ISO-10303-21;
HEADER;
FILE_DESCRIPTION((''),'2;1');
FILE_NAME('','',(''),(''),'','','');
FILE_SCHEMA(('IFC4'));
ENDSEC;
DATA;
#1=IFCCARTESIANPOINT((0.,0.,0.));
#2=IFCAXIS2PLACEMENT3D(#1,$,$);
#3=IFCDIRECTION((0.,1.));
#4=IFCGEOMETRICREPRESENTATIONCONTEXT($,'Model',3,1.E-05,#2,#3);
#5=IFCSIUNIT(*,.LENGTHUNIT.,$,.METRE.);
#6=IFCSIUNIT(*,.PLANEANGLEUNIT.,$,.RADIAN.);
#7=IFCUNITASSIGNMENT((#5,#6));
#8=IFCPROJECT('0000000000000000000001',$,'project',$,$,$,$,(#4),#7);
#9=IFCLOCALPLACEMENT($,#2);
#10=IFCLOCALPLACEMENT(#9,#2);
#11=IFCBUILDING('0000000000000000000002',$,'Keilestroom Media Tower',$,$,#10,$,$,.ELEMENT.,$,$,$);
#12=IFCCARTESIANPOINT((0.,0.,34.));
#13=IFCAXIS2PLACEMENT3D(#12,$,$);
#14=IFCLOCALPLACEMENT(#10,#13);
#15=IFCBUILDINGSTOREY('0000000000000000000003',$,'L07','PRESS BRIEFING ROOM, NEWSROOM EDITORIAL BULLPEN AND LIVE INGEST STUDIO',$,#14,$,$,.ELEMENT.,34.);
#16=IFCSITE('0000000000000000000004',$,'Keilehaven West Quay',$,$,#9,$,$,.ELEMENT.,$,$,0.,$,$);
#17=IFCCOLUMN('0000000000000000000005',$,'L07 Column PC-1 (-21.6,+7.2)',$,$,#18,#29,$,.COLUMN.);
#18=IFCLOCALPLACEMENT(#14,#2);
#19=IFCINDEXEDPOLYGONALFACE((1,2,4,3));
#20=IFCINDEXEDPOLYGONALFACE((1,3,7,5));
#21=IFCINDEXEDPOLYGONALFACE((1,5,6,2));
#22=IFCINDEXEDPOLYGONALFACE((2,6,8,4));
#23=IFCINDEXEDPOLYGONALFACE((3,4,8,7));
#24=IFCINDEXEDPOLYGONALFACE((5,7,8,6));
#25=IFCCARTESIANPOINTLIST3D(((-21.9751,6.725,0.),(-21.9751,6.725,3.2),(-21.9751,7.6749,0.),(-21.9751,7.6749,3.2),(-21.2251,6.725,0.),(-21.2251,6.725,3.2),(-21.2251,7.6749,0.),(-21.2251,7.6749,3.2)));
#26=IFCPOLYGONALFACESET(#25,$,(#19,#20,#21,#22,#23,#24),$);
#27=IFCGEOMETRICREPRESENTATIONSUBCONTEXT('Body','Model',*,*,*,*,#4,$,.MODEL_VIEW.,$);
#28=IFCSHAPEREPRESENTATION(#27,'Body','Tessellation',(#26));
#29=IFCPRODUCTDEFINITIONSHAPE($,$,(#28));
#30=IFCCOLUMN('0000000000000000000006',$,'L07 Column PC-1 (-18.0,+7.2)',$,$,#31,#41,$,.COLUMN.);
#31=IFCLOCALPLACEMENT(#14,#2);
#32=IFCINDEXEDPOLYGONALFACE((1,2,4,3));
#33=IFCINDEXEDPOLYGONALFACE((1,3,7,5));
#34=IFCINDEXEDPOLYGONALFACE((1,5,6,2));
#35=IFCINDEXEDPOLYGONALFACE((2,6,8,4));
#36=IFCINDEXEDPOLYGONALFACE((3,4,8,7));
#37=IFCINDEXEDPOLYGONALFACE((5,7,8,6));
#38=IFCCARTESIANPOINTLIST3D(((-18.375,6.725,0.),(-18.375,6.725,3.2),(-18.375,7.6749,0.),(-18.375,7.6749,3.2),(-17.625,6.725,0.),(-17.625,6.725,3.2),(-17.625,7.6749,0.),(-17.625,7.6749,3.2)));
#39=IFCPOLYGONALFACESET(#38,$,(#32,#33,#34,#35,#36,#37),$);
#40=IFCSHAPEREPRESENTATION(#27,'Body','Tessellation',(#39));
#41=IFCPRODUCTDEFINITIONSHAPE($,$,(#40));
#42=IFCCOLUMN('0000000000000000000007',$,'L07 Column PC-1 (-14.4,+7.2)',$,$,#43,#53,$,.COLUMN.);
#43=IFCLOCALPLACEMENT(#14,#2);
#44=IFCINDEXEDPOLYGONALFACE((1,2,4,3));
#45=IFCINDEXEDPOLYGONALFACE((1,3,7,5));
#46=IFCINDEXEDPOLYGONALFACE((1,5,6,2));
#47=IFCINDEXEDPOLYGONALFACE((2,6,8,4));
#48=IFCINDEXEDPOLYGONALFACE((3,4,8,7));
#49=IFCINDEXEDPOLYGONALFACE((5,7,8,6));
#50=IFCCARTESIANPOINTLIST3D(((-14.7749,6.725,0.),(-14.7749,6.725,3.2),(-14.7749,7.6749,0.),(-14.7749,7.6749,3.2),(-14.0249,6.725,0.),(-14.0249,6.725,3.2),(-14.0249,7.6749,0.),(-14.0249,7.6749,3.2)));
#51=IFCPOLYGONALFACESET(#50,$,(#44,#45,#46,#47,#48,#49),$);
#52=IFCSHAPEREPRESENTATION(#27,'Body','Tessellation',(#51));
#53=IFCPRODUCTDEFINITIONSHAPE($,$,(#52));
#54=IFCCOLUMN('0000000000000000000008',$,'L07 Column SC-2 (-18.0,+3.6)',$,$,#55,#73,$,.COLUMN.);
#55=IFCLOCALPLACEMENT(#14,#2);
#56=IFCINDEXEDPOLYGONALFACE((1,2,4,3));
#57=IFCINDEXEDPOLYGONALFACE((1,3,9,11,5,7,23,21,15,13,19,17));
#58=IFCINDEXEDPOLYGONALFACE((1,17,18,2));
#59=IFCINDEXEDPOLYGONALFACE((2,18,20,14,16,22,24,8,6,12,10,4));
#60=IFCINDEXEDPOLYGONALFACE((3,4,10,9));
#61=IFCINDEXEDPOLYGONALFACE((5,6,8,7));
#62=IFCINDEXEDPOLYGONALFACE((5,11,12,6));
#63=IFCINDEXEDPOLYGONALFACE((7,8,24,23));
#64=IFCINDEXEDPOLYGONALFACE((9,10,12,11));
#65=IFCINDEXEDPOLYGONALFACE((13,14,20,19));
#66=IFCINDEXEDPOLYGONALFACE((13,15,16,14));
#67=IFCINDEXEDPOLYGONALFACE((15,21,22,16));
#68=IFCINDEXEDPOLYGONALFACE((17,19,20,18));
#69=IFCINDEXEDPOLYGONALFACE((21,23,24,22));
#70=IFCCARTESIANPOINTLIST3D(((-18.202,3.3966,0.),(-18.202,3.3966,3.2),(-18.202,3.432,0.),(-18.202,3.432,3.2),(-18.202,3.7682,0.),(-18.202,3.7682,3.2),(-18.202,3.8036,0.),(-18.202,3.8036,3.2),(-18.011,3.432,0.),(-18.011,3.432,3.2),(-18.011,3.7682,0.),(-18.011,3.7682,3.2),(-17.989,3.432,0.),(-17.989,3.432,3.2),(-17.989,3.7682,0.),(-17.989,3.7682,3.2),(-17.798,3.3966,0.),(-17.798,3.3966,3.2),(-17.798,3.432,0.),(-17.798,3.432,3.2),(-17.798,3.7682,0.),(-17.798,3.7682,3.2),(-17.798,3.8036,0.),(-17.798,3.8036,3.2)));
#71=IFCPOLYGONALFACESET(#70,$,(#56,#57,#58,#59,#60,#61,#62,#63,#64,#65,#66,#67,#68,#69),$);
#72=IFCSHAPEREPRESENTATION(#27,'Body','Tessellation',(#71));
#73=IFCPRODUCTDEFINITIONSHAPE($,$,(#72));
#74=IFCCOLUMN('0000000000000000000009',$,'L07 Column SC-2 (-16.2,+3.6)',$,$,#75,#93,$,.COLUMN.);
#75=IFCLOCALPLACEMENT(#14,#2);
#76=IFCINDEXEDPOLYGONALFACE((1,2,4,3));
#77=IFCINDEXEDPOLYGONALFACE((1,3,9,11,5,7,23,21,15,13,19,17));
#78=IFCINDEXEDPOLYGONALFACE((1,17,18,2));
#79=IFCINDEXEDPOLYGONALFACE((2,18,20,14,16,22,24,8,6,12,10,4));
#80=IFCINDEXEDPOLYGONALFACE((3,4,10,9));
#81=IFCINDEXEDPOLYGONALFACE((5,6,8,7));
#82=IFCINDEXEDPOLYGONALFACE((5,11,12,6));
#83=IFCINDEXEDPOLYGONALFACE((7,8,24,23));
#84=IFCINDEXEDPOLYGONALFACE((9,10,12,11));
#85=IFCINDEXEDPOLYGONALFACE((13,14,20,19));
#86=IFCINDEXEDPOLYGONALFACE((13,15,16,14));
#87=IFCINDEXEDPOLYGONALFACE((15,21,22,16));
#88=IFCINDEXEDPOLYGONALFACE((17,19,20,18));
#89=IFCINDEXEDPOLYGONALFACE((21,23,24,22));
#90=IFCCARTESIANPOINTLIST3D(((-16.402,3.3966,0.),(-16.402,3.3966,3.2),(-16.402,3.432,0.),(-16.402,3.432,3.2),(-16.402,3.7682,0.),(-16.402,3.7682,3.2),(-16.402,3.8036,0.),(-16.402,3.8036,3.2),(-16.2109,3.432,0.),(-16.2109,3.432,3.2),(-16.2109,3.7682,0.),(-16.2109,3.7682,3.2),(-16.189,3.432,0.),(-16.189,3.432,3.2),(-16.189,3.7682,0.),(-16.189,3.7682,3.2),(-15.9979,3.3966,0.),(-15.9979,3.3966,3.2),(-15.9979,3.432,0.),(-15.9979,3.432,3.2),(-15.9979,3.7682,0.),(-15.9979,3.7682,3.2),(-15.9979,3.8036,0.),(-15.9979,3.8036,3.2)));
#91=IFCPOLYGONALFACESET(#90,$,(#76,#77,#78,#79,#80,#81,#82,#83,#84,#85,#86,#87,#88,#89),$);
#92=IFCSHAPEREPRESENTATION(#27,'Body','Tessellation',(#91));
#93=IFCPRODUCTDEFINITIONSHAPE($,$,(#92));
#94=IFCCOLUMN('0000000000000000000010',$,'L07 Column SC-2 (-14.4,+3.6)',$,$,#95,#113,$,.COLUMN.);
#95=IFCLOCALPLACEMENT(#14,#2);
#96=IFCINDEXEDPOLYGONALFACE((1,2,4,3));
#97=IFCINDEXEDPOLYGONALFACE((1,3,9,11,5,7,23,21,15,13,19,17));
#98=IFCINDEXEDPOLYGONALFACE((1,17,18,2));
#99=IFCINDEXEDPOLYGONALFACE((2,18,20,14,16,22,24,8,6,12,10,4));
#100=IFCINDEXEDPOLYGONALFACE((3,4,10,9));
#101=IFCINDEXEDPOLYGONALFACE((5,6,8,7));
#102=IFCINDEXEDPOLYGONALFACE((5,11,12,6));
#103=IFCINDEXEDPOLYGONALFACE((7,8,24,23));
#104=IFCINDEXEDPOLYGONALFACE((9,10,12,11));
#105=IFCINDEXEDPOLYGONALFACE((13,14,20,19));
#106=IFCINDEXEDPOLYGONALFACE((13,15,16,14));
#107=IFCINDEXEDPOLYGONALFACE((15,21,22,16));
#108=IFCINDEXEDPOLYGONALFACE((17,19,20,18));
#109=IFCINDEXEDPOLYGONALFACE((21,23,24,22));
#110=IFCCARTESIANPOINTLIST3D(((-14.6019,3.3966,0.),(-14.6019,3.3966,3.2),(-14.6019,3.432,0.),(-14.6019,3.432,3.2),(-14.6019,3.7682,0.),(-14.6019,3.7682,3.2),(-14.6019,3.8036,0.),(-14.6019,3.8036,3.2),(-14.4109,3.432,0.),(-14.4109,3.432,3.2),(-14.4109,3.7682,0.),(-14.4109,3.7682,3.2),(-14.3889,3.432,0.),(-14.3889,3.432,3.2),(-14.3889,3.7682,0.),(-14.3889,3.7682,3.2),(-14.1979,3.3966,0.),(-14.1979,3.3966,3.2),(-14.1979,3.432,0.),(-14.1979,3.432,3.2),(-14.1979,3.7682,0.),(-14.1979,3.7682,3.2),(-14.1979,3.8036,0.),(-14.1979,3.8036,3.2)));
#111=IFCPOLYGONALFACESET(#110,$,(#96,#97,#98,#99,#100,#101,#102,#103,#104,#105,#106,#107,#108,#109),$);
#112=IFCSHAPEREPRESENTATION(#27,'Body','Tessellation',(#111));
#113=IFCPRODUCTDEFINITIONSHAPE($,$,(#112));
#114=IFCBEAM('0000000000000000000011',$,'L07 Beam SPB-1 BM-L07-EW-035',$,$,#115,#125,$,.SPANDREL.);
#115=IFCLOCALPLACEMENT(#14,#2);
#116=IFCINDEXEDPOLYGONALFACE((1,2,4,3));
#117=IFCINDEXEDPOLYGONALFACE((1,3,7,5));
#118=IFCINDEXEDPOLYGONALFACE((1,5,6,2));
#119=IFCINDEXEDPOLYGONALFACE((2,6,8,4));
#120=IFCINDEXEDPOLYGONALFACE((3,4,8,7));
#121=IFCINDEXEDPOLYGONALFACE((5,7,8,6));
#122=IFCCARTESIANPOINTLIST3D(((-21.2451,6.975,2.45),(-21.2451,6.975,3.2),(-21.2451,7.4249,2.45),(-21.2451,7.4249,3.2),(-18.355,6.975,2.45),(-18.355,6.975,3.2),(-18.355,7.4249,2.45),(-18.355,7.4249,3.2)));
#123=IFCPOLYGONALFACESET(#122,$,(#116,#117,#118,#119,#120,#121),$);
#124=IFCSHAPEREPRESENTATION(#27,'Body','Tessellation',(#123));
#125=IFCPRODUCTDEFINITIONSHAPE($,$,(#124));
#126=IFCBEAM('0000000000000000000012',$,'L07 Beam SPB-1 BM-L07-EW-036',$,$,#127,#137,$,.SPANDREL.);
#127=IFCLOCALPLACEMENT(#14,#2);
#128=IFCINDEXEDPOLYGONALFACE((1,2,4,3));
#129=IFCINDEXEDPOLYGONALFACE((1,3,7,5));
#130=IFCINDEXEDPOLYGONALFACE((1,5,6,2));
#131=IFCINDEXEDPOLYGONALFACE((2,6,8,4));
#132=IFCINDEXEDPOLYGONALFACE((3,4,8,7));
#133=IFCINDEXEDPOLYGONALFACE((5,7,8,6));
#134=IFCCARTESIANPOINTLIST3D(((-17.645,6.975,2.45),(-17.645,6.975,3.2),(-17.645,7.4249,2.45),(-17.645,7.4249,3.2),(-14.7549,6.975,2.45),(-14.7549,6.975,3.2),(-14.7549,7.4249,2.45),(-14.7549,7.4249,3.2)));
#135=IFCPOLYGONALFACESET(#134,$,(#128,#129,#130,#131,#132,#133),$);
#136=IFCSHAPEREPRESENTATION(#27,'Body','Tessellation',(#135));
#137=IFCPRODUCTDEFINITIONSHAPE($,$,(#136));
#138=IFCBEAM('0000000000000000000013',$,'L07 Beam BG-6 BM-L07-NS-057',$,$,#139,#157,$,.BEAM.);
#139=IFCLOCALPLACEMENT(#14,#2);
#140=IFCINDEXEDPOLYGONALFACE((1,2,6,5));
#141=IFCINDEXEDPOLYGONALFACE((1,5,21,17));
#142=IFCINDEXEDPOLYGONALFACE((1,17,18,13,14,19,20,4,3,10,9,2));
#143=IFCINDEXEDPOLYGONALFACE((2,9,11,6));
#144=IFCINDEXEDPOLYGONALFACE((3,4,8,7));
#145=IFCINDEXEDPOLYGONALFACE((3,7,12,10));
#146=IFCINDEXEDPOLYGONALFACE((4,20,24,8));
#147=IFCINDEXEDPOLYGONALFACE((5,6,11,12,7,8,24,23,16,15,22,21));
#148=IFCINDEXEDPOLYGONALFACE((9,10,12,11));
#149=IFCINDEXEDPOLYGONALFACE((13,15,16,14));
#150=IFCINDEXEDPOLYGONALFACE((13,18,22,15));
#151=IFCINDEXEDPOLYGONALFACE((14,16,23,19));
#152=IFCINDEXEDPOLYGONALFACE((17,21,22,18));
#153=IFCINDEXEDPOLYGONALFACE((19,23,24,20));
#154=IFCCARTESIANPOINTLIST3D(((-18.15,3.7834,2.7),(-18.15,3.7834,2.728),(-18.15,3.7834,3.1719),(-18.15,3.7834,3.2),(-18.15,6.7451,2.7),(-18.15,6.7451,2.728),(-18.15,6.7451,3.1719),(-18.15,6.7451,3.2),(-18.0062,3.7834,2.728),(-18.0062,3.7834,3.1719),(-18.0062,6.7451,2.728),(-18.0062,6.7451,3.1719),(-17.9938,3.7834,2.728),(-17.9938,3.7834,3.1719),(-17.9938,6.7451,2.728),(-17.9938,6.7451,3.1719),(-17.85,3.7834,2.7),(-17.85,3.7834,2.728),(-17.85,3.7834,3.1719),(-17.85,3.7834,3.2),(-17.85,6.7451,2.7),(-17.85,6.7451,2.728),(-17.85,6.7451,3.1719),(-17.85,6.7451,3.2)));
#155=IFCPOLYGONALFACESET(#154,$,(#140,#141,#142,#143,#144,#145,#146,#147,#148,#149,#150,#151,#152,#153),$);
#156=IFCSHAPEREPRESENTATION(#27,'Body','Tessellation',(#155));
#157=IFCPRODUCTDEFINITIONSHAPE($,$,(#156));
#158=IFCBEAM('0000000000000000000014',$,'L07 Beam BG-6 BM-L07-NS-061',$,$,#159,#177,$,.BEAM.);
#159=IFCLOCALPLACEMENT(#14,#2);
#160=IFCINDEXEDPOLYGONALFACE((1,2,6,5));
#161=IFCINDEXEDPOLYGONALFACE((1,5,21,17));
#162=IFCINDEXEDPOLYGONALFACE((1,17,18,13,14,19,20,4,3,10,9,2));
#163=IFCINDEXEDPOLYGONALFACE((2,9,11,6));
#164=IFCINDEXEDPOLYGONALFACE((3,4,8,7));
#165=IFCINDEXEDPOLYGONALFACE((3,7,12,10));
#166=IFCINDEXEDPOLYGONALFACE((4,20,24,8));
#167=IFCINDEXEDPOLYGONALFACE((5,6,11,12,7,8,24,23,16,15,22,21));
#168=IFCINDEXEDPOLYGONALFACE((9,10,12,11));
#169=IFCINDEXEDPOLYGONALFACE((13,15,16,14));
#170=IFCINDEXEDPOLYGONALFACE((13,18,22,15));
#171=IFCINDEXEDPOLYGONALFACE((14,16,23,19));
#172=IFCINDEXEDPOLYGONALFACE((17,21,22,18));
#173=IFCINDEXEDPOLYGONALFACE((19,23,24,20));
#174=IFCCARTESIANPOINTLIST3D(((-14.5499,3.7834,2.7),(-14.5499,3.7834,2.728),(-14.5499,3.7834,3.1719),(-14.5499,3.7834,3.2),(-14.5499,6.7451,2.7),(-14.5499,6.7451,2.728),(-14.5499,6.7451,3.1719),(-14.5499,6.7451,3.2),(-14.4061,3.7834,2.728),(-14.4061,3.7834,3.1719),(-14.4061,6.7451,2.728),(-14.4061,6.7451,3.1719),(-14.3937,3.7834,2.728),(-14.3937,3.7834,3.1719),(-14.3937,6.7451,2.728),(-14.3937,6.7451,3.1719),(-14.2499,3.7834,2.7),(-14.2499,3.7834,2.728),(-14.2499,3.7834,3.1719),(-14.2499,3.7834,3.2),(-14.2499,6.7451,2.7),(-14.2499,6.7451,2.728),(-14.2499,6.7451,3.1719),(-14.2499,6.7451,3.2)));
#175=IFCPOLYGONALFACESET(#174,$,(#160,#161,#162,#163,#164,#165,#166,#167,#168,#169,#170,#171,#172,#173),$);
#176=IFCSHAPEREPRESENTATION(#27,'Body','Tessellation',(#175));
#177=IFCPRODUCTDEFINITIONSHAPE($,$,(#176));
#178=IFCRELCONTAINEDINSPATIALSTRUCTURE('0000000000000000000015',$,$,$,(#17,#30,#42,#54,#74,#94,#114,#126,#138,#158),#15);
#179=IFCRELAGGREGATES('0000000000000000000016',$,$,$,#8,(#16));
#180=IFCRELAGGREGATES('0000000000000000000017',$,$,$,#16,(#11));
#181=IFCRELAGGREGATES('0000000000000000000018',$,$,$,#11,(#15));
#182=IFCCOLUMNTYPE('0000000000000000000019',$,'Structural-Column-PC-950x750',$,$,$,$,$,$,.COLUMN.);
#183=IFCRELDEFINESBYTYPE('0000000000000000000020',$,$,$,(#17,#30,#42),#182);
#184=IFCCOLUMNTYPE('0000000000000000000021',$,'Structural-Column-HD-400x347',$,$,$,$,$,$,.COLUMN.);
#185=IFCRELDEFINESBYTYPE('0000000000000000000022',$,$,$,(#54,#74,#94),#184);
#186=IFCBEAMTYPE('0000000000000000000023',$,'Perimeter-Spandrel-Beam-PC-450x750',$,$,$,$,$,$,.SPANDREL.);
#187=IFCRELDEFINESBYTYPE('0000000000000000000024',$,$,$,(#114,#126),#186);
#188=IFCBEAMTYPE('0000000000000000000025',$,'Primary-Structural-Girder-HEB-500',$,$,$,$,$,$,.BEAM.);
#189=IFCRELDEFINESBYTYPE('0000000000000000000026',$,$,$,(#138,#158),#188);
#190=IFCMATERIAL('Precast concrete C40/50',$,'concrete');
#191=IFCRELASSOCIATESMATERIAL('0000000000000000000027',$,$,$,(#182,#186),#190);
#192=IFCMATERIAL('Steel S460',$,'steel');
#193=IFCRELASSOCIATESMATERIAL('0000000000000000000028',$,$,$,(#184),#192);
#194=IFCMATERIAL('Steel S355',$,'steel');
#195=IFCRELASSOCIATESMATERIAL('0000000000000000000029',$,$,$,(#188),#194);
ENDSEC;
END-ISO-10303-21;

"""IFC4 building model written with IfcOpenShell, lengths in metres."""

from ifc_helpers import new_model, si_unit, direction, frame, origin, origin_2d, place, context, subcontext, project, spatial, rectangle, i_section, extrude, source, transform, mapped, material, material_profile, profile_set, type_object, element, save


model = new_model("IFC4")

# Units and contexts
model_context = context("Model", 3, precision=1e-05, world=origin(), true_north=direction((0.0, 1.0)))
body_context = subcontext(model_context, "Body", "Model", "MODEL_VIEW")
ifc_project = project(units=[si_unit("LENGTHUNIT", "METRE"), si_unit("PLANEANGLEUNIT", "RADIAN")], contexts=[model_context])

# Site, building, storey
site_placement = place(None, origin())
site = spatial("IfcSite", under=ifc_project, at=site_placement, Name="Keilehaven West Quay", CompositionType="ELEMENT", RefElevation=0.0)
building_placement = place(site_placement, origin())
building = spatial("IfcBuilding", under=site, at=building_placement, Name="Keilestroom Media Tower", CompositionType="ELEMENT")
storey_placement = place(building_placement, frame((0.0, 0.0, 34.0)))
storey = spatial("IfcBuildingStorey", under=building, at=storey_placement, Name="L07", Description="PRESS BRIEFING ROOM, NEWSROOM EDITORIAL BULLPEN AND LIVE INGEST STUDIO", CompositionType="ELEMENT", Elevation=34.0)

# Columns
ifc_material_1 = material(Name="Precast concrete C40/50", Category="concrete")
ifc_material_profile_1 = material_profile(ifc_material_1, rectangle(XDim=0.75, YDim=0.95, at=origin_2d()), Name="PC 950x750")
ifc_profile_set_1 = profile_set([ifc_material_profile_1], Name="Precast concrete C40/50")
column_type_1 = type_object("IfcColumnType", Name="Structural-Column-PC-950x750", PredefinedType="COLUMN", material=ifc_profile_set_1)
shared_shape_1 = source(origin(), body_context, "Body", "SweptSolid", [
    extrude(rectangle(XDim=0.75, YDim=0.95, at=origin_2d()), origin(), (0.0, 0.0, 1.0), 3.2),
])
for number, where, z_axis, x_axis, name in (
    (1, (-21.6001, 7.2, 0.0), (0.0, 0.0, 1.0), (1.0, 0.0, 0.0), "L07 Column PC-1 (-21.6,+7.2)"),
    (2, (-18.0, 7.2, 0.0), (0.0, 0.0, 1.0), (1.0, 0.0, 0.0), "L07 Column PC-1 (-18.0,+7.2)"),
    (3, (-14.3999, 7.2, 0.0), (0.0, 0.0, 1.0), (1.0, 0.0, 0.0), "L07 Column PC-1 (-14.4,+7.2)"),
):
    element("IfcColumn", number, at=place(storey_placement, frame(where, z_axis=z_axis, x_axis=x_axis)), inside=storey, type_object=column_type_1, Name=name, PredefinedType="COLUMN", context=body_context, shape_type="MappedRepresentation", body=[
        mapped(shared_shape_1, transform((0.0, 0.0, 0.0), x_axis=(1.0, 0.0, 0.0), y_axis=(0.0, 1.0, 0.0), z_axis=(0.0, 0.0, 1.0), scale=1.0)),
    ])
ifc_material_2 = material(Name="Steel S460", Category="steel")
ifc_material_profile_2 = material_profile(ifc_material_2, i_section(OverallWidth=0.4041, OverallDepth=0.407, WebThickness=0.022, FlangeThickness=0.0354, at=origin_2d()), Name="HD 400x347")
ifc_profile_set_2 = profile_set([ifc_material_profile_2], Name="Steel S460")
column_type_2 = type_object("IfcColumnType", Name="Structural-Column-HD-400x347", PredefinedType="COLUMN", material=ifc_profile_set_2)
shared_shape_2 = source(origin(), body_context, "Body", "SweptSolid", [
    extrude(i_section(OverallWidth=0.4041, OverallDepth=0.407, WebThickness=0.022, FlangeThickness=0.0354, at=origin_2d()), origin(), (0.0, 0.0, 1.0), 3.2),
])
for number, where, z_axis, x_axis, name in (
    (4, (-18.0, 3.6001, 0.0), (0.0, 0.0, 1.0), (1.0, 0.0, 0.0), "L07 Column SC-2 (-18.0,+3.6)"),
    (5, (-16.2, 3.6001, 0.0), (0.0, 0.0, 1.0), (1.0, 0.0, 0.0), "L07 Column SC-2 (-16.2,+3.6)"),
    (6, (-14.3999, 3.6001, 0.0), (0.0, 0.0, 1.0), (1.0, 0.0, 0.0), "L07 Column SC-2 (-14.4,+3.6)"),
):
    element("IfcColumn", number, at=place(storey_placement, frame(where, z_axis=z_axis, x_axis=x_axis)), inside=storey, type_object=column_type_2, Name=name, PredefinedType="COLUMN", context=body_context, shape_type="MappedRepresentation", body=[
        mapped(shared_shape_2, transform((0.0, 0.0, 0.0), x_axis=(1.0, 0.0, 0.0), y_axis=(0.0, 1.0, 0.0), z_axis=(0.0, 0.0, 1.0), scale=1.0)),
    ])

# Beams
ifc_material_profile_3 = material_profile(ifc_material_1, rectangle(XDim=0.45, YDim=0.75, at=origin_2d()), Name="PC 450x750")
ifc_profile_set_3 = profile_set([ifc_material_profile_3], Name="Precast concrete C40/50")
beam_type_1 = type_object("IfcBeamType", Name="Perimeter-Spandrel-Beam-PC-450x750", PredefinedType="SPANDREL", material=ifc_profile_set_3)
shared_shape_3 = source(origin(), body_context, "Body", "SweptSolid", [
    extrude(rectangle(XDim=0.45, YDim=0.75, at=origin_2d()), origin(), (0.0, 0.0, 1.0), 2.8901),
])
for number, where, z_axis, x_axis, name in (
    (7, (-21.2451, 7.2, 2.825), (1.0, 0.0, 0.0), (0.0, 1.0, 0.0), "L07 Beam SPB-1 BM-L07-EW-035"),
    (8, (-17.645, 7.2, 2.825), (1.0, 0.0, 0.0), (0.0, 1.0, 0.0), "L07 Beam SPB-1 BM-L07-EW-036"),
):
    element("IfcBeam", number, at=place(storey_placement, frame(where, z_axis=z_axis, x_axis=x_axis)), inside=storey, type_object=beam_type_1, Name=name, PredefinedType="SPANDREL", context=body_context, shape_type="MappedRepresentation", body=[
        mapped(shared_shape_3, transform((0.0, 0.0, 0.0), x_axis=(1.0, 0.0, 0.0), y_axis=(0.0, 1.0, 0.0), z_axis=(0.0, 0.0, 1.0), scale=1.0)),
    ])
ifc_material_3 = material(Name="Steel S355", Category="steel")
ifc_material_profile_4 = material_profile(ifc_material_3, i_section(OverallWidth=0.3, OverallDepth=0.5, WebThickness=0.0125, FlangeThickness=0.0281, at=origin_2d()), Name="HEB 500")
ifc_profile_set_4 = profile_set([ifc_material_profile_4], Name="Steel S355")
beam_type_2 = type_object("IfcBeamType", Name="Primary-Structural-Girder-HEB-500", PredefinedType="BEAM", material=ifc_profile_set_4)
shared_shape_4 = source(origin(), body_context, "Body", "SweptSolid", [
    extrude(i_section(OverallWidth=0.3, OverallDepth=0.5, WebThickness=0.0125, FlangeThickness=0.0281, at=origin_2d()), origin(), (0.0, 0.0, 1.0), 2.9617),
])
for number, where, z_axis, x_axis, name in (
    (9, (-18.0, 3.7834, 2.95), (0.0, 1.0, 0.0), (-1.0, 0.0, 0.0), "L07 Beam BG-6 BM-L07-NS-057"),
    (10, (-14.3999, 3.7834, 2.95), (0.0, 1.0, 0.0), (-1.0, 0.0, 0.0), "L07 Beam BG-6 BM-L07-NS-061"),
):
    element("IfcBeam", number, at=place(storey_placement, frame(where, z_axis=z_axis, x_axis=x_axis)), inside=storey, type_object=beam_type_2, Name=name, PredefinedType="BEAM", context=body_context, shape_type="MappedRepresentation", body=[
        mapped(shared_shape_4, transform((0.0, 0.0, 0.0), x_axis=(1.0, 0.0, 0.0), y_axis=(0.0, 1.0, 0.0), z_axis=(0.0, 0.0, 1.0), scale=1.0)),
    ])

save(model, "model.ifc")
